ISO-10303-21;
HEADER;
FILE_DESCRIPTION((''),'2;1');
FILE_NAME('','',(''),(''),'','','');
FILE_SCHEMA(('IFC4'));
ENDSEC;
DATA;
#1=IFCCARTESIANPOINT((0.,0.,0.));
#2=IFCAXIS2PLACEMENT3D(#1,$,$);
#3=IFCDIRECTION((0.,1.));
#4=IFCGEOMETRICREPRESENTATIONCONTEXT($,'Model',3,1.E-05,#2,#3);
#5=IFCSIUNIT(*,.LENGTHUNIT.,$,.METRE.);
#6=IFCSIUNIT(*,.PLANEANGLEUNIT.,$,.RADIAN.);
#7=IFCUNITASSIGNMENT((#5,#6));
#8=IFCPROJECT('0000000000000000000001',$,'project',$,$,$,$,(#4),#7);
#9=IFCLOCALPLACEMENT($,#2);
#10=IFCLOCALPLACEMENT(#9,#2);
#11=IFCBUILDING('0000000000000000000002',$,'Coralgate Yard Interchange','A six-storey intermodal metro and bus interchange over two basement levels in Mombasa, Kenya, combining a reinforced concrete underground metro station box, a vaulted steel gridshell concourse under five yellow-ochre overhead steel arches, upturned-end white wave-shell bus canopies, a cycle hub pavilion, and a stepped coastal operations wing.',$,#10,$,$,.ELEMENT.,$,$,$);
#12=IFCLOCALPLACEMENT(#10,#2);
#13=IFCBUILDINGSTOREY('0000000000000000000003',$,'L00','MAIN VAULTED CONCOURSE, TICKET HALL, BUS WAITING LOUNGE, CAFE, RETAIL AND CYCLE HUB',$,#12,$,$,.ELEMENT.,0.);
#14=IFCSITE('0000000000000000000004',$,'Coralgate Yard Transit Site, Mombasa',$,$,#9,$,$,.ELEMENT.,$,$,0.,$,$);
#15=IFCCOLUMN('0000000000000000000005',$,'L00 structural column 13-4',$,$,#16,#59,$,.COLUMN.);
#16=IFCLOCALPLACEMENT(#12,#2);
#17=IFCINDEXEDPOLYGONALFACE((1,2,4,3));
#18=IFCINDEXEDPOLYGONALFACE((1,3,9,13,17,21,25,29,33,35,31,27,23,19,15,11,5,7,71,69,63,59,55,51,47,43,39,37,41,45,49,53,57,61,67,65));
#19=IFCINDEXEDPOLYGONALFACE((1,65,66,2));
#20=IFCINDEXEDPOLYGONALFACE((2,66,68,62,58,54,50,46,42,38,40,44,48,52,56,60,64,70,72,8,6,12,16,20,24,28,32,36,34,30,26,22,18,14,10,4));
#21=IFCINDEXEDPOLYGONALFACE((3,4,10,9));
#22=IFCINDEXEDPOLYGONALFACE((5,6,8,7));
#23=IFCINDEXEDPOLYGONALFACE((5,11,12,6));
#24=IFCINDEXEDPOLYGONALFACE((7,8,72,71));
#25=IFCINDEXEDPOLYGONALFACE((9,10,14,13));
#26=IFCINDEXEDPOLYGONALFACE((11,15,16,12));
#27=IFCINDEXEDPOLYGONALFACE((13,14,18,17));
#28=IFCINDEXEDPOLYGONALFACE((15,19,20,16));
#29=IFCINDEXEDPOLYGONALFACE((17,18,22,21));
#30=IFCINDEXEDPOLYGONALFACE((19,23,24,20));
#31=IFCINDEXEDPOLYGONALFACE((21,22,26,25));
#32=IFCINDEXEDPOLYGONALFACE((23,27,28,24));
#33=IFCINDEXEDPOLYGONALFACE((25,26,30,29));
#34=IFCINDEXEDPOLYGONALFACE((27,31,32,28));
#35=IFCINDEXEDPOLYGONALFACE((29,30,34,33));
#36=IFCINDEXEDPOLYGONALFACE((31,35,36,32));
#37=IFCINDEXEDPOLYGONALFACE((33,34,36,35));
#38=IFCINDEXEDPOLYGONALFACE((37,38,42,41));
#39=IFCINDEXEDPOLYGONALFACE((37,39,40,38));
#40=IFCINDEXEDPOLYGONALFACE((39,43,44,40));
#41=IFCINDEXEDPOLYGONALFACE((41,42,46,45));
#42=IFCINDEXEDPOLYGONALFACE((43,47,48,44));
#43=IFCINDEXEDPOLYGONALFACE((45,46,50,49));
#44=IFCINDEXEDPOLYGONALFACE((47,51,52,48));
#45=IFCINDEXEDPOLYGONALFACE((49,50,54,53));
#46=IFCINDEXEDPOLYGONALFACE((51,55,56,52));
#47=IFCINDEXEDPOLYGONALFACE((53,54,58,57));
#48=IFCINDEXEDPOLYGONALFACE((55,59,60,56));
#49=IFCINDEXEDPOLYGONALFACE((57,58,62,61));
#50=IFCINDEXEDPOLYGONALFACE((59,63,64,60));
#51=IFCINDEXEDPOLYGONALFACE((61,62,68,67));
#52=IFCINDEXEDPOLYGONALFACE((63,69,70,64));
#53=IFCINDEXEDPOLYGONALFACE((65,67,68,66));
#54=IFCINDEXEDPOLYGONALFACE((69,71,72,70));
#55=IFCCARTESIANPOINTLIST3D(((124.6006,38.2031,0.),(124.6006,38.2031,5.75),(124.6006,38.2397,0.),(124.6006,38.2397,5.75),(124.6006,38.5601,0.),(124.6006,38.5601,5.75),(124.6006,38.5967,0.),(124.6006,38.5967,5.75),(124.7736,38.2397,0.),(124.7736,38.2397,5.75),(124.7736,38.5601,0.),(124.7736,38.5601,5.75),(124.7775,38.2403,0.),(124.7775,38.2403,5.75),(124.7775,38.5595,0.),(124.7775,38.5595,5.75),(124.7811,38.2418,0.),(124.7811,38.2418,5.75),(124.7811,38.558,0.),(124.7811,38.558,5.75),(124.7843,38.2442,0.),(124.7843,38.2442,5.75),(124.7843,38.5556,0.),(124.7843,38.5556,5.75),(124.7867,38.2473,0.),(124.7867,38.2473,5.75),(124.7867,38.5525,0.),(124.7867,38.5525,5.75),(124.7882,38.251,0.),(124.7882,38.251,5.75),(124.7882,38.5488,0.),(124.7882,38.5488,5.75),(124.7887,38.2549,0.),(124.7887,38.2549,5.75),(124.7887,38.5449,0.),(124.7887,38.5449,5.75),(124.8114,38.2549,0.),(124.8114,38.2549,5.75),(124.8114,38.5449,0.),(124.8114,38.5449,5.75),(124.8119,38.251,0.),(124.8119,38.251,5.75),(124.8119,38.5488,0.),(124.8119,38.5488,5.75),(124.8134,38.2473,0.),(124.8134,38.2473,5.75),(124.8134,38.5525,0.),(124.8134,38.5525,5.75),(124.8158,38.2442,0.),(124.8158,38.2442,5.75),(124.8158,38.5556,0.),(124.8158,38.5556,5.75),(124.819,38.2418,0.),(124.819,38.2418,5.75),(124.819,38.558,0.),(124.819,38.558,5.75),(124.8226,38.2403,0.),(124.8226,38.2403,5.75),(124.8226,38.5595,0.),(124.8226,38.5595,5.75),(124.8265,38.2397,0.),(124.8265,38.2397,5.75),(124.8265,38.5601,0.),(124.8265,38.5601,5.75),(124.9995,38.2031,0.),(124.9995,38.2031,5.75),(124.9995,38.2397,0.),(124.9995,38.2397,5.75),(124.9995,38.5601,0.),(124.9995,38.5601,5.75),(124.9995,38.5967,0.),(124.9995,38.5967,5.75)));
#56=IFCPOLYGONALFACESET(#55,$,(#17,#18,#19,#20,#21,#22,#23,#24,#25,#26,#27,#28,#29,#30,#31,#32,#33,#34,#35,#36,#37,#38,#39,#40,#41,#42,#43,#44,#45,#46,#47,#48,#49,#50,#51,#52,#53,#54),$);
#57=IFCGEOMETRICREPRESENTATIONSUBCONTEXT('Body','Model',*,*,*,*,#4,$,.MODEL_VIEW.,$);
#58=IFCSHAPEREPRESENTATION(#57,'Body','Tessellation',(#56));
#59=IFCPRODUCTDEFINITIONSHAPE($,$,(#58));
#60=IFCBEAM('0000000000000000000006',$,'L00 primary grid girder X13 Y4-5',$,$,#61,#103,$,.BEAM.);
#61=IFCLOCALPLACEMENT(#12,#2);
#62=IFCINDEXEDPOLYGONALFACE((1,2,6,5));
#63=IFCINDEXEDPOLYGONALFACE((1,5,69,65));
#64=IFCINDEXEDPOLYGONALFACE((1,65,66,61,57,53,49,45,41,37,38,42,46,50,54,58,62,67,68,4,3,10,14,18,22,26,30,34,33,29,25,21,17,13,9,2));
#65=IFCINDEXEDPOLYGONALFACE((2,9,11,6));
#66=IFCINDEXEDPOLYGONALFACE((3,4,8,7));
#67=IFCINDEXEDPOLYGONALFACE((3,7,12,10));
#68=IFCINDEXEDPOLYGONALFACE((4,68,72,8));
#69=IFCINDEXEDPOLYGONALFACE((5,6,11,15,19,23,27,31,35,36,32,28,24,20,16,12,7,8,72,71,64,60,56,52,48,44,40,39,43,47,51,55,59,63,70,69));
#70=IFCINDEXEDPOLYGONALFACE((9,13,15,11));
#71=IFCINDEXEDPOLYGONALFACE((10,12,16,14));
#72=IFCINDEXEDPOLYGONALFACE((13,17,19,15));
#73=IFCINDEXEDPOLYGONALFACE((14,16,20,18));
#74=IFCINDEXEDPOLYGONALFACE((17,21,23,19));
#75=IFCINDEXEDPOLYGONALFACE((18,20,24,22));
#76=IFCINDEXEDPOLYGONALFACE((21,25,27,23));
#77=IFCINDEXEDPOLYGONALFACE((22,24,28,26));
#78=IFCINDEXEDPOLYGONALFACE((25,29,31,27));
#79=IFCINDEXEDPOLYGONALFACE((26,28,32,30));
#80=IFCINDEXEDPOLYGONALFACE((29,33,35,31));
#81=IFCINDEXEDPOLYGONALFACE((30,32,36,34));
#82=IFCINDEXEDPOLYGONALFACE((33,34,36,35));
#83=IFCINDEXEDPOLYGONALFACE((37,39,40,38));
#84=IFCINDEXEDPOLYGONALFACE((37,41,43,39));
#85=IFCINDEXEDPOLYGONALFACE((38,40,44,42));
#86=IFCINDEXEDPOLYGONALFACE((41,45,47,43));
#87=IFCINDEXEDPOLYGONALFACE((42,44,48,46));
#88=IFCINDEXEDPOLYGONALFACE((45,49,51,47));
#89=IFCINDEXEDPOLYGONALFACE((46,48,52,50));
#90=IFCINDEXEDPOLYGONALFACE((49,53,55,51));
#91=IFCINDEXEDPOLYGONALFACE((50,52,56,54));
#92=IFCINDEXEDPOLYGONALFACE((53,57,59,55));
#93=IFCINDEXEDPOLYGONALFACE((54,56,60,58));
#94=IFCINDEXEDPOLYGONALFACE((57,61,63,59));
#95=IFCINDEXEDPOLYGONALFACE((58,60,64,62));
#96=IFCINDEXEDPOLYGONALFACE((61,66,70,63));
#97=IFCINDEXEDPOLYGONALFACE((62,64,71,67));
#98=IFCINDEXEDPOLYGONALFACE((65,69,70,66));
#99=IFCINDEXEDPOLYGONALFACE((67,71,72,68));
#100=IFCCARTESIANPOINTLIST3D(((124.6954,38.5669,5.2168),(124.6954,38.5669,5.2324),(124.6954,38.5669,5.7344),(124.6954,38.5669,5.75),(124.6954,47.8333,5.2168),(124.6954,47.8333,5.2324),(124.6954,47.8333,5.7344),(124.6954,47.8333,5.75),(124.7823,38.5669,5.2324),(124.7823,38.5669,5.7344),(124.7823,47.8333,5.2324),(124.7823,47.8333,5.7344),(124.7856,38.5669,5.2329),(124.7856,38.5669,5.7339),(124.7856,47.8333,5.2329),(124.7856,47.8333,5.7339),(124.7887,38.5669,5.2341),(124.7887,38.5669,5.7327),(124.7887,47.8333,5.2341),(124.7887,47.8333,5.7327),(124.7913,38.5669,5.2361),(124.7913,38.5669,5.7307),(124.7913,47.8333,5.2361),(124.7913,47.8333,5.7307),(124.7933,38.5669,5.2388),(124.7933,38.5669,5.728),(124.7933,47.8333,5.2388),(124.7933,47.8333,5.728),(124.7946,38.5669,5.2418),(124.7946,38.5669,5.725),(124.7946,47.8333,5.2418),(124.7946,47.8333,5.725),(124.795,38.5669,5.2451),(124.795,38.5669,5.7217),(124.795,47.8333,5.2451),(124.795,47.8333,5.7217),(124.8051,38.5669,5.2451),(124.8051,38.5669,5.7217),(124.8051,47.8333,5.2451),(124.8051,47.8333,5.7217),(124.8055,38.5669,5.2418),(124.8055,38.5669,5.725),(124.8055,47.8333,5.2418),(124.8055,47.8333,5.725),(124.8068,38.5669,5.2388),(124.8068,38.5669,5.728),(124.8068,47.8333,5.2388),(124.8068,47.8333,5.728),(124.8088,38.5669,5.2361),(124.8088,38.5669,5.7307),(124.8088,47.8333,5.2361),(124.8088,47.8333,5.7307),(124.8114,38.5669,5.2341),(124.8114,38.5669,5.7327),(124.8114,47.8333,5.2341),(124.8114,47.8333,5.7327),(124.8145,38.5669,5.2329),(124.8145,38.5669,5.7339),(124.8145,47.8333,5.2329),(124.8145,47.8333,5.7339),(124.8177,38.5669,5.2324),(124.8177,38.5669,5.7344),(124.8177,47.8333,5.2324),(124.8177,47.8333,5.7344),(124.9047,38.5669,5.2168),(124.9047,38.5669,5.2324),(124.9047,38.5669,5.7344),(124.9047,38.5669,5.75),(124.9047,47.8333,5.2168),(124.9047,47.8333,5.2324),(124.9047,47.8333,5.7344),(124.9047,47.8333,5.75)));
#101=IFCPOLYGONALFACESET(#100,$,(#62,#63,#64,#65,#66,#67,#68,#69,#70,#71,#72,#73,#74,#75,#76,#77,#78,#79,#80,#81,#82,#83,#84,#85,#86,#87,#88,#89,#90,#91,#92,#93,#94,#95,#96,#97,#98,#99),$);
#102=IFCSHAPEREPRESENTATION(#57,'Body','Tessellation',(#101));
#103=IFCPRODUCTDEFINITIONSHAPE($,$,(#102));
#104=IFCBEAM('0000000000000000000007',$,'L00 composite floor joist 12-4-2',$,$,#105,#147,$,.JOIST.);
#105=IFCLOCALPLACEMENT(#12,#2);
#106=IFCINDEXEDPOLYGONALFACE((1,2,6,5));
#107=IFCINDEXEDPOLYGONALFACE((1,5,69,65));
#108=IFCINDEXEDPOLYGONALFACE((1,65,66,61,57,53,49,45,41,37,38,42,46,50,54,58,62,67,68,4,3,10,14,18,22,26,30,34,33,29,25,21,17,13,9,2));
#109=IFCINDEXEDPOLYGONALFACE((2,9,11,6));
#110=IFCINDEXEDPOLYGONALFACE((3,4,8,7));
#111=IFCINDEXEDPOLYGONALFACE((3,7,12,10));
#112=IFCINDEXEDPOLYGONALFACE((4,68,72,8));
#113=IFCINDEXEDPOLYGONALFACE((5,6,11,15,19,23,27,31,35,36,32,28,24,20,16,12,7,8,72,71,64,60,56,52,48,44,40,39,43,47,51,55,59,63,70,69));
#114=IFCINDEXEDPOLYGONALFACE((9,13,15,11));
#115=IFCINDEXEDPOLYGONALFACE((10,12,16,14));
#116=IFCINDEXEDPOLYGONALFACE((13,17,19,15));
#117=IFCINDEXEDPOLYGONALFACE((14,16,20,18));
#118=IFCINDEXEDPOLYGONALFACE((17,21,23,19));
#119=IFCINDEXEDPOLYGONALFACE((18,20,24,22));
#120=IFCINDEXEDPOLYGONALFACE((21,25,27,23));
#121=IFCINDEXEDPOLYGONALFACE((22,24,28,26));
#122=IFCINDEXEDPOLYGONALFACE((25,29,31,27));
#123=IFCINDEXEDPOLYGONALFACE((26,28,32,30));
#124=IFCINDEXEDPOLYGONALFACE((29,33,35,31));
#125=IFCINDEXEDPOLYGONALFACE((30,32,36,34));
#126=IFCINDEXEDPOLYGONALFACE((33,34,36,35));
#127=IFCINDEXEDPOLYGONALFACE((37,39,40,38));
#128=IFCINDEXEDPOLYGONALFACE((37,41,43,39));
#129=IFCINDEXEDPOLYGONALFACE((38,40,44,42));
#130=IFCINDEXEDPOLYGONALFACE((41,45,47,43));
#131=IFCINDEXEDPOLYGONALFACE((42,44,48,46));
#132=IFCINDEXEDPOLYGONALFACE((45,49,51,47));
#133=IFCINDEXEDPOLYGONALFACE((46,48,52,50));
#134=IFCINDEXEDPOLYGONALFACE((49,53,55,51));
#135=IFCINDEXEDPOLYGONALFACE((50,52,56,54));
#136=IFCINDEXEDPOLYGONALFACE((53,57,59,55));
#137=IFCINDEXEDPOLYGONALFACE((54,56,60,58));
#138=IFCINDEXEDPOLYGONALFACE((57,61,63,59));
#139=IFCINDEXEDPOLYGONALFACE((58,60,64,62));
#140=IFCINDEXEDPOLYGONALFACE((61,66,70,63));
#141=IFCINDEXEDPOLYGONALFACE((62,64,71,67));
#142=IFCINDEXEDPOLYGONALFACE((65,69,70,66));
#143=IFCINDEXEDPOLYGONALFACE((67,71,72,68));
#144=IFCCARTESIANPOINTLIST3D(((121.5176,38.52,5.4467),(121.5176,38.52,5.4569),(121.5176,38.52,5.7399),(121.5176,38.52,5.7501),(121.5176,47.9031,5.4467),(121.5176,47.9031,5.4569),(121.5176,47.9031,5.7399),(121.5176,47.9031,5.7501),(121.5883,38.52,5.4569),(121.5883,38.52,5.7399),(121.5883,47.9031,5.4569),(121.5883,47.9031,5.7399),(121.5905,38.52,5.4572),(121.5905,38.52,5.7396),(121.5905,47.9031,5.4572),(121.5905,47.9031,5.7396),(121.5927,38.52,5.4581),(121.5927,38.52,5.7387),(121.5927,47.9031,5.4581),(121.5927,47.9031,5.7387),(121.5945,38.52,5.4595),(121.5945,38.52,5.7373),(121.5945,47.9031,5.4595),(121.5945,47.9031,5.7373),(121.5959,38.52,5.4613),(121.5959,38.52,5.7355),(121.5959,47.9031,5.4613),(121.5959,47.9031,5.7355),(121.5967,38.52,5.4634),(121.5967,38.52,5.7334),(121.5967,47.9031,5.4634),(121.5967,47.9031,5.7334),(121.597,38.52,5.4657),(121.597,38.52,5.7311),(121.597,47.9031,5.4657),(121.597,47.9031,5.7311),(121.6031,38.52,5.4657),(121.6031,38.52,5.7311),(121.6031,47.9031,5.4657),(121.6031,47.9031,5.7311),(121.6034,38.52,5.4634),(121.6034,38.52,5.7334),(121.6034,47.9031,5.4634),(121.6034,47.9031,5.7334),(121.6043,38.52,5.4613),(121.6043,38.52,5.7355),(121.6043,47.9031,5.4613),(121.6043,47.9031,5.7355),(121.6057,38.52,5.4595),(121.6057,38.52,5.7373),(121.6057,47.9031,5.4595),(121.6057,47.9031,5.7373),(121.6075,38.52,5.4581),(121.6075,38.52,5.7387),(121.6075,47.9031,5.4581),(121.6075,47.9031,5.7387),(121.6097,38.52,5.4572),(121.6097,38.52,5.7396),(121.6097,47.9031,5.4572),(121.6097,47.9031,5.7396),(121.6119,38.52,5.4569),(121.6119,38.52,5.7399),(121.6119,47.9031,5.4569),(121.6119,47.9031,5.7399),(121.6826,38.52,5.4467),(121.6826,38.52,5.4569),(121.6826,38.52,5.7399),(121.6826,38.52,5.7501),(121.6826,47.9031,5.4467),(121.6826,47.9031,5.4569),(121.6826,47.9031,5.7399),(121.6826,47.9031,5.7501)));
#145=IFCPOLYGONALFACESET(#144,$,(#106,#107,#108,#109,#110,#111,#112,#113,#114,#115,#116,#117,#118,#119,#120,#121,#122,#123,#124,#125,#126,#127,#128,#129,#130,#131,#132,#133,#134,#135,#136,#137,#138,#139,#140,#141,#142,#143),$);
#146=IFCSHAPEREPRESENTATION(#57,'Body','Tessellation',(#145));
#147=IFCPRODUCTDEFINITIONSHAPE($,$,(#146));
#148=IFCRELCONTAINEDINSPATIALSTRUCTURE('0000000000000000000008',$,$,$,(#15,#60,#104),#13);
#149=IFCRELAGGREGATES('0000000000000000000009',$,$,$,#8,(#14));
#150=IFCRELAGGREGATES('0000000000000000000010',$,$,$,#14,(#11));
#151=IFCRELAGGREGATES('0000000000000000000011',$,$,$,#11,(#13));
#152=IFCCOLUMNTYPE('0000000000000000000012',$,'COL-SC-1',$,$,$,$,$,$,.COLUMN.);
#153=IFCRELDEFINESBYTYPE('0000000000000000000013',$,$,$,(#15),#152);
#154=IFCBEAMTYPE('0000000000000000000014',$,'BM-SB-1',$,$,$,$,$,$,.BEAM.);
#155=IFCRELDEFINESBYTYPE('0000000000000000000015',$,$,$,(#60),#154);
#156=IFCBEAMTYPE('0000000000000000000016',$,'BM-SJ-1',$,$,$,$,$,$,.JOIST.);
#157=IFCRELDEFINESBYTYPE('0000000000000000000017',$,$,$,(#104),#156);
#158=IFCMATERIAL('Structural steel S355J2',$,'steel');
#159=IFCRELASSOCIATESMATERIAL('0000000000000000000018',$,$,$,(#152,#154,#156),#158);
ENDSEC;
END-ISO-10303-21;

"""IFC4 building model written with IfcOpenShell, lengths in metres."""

from ifc_helpers import new_model, si_unit, direction, frame, origin, origin_2d, place, context, subcontext, project, spatial, i_section, extrude, material, material_profile, profile_set, type_object, element, save


model = new_model("IFC4")

# Units and contexts
model_context = context("Model", 3, precision=1e-05, world=origin(), true_north=direction((0.0, 1.0)))
body_context = subcontext(model_context, "Body", "Model", "MODEL_VIEW")
ifc_project = project(units=[si_unit("LENGTHUNIT", "METRE"), si_unit("PLANEANGLEUNIT", "RADIAN")], contexts=[model_context])

# Site, building, storey
site_placement = place(None, origin())
site = spatial("IfcSite", under=ifc_project, at=site_placement, Name="Coralgate Yard Transit Site, Mombasa", CompositionType="ELEMENT", RefElevation=0.0)
building_placement = place(site_placement, origin())
building = spatial("IfcBuilding", under=site, at=building_placement, Name="Coralgate Yard Interchange", Description="A six-storey intermodal metro and bus interchange over two basement levels in Mombasa, Kenya, combining a reinforced concrete underground metro station box, a vaulted steel gridshell concourse under five yellow-ochre overhead steel arches, upturned-end white wave-shell bus canopies, a cycle hub pavilion, and a stepped coastal operations wing.", CompositionType="ELEMENT")
storey_placement = place(building_placement, origin())
storey = spatial("IfcBuildingStorey", under=building, at=storey_placement, Name="L00", Description="MAIN VAULTED CONCOURSE, TICKET HALL, BUS WAITING LOUNGE, CAFE, RETAIL AND CYCLE HUB", CompositionType="ELEMENT", Elevation=0.0)

# Column
ifc_material_1 = material(Name="Structural steel S355J2", Category="steel")
ifc_material_profile_1 = material_profile(ifc_material_1, i_section(OverallWidth=0.3989, OverallDepth=0.3936, WebThickness=0.0227, FlangeThickness=0.0366, FilletRadius=0.0151, at=origin_2d()), Name="UC 356x406x287")
ifc_profile_set_1 = profile_set([ifc_material_profile_1], Name="Structural steel S355J2")
column_type = type_object("IfcColumnType", Name="COL-SC-1", PredefinedType="COLUMN", material=ifc_profile_set_1)
column_placement = place(storey_placement, frame((124.8, 38.3999, 0.0), z_axis=(0.0, 0.0, 1.0), x_axis=(1.0, 0.0, 0.0)))
element("IfcColumn", 1, at=column_placement, inside=storey, type_object=column_type, Name="L00 structural column 13-4", PredefinedType="COLUMN", context=body_context, shape_type="SweptSolid", body=[
    extrude(i_section(OverallWidth=0.3989, OverallDepth=0.3936, WebThickness=0.0227, FlangeThickness=0.0366, FilletRadius=0.0151, at=origin_2d()), origin(), (0.0, 0.0, 1.0), 5.75),
])

# Beams
ifc_material_profile_2 = material_profile(ifc_material_1, i_section(OverallWidth=0.2092, OverallDepth=0.5332, WebThickness=0.01, FlangeThickness=0.0156, FilletRadius=0.0127, at=origin_2d()), Name="UB 533x210x92")
ifc_profile_set_2 = profile_set([ifc_material_profile_2], Name="Structural steel S355J2")
beam_type_1 = type_object("IfcBeamType", Name="BM-SB-1", PredefinedType="BEAM", material=ifc_profile_set_2)
beam_1_placement = place(storey_placement, frame((124.8, 38.5669, 5.4834), z_axis=(0.0, 1.0, 0.0), x_axis=(-1.0, 0.0, 0.0)))
element("IfcBeam", 2, at=beam_1_placement, inside=storey, type_object=beam_type_1, Name="L00 primary grid girder X13 Y4-5", PredefinedType="BEAM", context=body_context, shape_type="SweptSolid", body=[
    extrude(i_section(OverallWidth=0.2092, OverallDepth=0.5332, WebThickness=0.01, FlangeThickness=0.0156, FilletRadius=0.0127, at=origin_2d()), origin(), (0.0, 0.0, 1.0), 9.2664),
])
ifc_material_profile_3 = material_profile(ifc_material_1, i_section(OverallWidth=0.165, OverallDepth=0.3035, WebThickness=0.0061, FlangeThickness=0.0103, FilletRadius=0.0088, at=origin_2d()), Name="UB 305x165x40")
ifc_profile_set_3 = profile_set([ifc_material_profile_3], Name="Structural steel S355J2")
beam_type_2 = type_object("IfcBeamType", Name="BM-SJ-1", PredefinedType="JOIST", material=ifc_profile_set_3)
beam_2_placement = place(storey_placement, frame((121.6001, 38.52, 5.5984), z_axis=(0.0, 1.0, 0.0), x_axis=(-1.0, 0.0, 0.0)))
element("IfcBeam", 3, at=beam_2_placement, inside=storey, type_object=beam_type_2, Name="L00 composite floor joist 12-4-2", PredefinedType="JOIST", context=body_context, shape_type="SweptSolid", body=[
    extrude(i_section(OverallWidth=0.165, OverallDepth=0.3035, WebThickness=0.0061, FlangeThickness=0.0103, FilletRadius=0.0088, at=origin_2d()), origin(), (0.0, 0.0, 1.0), 9.3831),
])

save(model, "model.ifc")
